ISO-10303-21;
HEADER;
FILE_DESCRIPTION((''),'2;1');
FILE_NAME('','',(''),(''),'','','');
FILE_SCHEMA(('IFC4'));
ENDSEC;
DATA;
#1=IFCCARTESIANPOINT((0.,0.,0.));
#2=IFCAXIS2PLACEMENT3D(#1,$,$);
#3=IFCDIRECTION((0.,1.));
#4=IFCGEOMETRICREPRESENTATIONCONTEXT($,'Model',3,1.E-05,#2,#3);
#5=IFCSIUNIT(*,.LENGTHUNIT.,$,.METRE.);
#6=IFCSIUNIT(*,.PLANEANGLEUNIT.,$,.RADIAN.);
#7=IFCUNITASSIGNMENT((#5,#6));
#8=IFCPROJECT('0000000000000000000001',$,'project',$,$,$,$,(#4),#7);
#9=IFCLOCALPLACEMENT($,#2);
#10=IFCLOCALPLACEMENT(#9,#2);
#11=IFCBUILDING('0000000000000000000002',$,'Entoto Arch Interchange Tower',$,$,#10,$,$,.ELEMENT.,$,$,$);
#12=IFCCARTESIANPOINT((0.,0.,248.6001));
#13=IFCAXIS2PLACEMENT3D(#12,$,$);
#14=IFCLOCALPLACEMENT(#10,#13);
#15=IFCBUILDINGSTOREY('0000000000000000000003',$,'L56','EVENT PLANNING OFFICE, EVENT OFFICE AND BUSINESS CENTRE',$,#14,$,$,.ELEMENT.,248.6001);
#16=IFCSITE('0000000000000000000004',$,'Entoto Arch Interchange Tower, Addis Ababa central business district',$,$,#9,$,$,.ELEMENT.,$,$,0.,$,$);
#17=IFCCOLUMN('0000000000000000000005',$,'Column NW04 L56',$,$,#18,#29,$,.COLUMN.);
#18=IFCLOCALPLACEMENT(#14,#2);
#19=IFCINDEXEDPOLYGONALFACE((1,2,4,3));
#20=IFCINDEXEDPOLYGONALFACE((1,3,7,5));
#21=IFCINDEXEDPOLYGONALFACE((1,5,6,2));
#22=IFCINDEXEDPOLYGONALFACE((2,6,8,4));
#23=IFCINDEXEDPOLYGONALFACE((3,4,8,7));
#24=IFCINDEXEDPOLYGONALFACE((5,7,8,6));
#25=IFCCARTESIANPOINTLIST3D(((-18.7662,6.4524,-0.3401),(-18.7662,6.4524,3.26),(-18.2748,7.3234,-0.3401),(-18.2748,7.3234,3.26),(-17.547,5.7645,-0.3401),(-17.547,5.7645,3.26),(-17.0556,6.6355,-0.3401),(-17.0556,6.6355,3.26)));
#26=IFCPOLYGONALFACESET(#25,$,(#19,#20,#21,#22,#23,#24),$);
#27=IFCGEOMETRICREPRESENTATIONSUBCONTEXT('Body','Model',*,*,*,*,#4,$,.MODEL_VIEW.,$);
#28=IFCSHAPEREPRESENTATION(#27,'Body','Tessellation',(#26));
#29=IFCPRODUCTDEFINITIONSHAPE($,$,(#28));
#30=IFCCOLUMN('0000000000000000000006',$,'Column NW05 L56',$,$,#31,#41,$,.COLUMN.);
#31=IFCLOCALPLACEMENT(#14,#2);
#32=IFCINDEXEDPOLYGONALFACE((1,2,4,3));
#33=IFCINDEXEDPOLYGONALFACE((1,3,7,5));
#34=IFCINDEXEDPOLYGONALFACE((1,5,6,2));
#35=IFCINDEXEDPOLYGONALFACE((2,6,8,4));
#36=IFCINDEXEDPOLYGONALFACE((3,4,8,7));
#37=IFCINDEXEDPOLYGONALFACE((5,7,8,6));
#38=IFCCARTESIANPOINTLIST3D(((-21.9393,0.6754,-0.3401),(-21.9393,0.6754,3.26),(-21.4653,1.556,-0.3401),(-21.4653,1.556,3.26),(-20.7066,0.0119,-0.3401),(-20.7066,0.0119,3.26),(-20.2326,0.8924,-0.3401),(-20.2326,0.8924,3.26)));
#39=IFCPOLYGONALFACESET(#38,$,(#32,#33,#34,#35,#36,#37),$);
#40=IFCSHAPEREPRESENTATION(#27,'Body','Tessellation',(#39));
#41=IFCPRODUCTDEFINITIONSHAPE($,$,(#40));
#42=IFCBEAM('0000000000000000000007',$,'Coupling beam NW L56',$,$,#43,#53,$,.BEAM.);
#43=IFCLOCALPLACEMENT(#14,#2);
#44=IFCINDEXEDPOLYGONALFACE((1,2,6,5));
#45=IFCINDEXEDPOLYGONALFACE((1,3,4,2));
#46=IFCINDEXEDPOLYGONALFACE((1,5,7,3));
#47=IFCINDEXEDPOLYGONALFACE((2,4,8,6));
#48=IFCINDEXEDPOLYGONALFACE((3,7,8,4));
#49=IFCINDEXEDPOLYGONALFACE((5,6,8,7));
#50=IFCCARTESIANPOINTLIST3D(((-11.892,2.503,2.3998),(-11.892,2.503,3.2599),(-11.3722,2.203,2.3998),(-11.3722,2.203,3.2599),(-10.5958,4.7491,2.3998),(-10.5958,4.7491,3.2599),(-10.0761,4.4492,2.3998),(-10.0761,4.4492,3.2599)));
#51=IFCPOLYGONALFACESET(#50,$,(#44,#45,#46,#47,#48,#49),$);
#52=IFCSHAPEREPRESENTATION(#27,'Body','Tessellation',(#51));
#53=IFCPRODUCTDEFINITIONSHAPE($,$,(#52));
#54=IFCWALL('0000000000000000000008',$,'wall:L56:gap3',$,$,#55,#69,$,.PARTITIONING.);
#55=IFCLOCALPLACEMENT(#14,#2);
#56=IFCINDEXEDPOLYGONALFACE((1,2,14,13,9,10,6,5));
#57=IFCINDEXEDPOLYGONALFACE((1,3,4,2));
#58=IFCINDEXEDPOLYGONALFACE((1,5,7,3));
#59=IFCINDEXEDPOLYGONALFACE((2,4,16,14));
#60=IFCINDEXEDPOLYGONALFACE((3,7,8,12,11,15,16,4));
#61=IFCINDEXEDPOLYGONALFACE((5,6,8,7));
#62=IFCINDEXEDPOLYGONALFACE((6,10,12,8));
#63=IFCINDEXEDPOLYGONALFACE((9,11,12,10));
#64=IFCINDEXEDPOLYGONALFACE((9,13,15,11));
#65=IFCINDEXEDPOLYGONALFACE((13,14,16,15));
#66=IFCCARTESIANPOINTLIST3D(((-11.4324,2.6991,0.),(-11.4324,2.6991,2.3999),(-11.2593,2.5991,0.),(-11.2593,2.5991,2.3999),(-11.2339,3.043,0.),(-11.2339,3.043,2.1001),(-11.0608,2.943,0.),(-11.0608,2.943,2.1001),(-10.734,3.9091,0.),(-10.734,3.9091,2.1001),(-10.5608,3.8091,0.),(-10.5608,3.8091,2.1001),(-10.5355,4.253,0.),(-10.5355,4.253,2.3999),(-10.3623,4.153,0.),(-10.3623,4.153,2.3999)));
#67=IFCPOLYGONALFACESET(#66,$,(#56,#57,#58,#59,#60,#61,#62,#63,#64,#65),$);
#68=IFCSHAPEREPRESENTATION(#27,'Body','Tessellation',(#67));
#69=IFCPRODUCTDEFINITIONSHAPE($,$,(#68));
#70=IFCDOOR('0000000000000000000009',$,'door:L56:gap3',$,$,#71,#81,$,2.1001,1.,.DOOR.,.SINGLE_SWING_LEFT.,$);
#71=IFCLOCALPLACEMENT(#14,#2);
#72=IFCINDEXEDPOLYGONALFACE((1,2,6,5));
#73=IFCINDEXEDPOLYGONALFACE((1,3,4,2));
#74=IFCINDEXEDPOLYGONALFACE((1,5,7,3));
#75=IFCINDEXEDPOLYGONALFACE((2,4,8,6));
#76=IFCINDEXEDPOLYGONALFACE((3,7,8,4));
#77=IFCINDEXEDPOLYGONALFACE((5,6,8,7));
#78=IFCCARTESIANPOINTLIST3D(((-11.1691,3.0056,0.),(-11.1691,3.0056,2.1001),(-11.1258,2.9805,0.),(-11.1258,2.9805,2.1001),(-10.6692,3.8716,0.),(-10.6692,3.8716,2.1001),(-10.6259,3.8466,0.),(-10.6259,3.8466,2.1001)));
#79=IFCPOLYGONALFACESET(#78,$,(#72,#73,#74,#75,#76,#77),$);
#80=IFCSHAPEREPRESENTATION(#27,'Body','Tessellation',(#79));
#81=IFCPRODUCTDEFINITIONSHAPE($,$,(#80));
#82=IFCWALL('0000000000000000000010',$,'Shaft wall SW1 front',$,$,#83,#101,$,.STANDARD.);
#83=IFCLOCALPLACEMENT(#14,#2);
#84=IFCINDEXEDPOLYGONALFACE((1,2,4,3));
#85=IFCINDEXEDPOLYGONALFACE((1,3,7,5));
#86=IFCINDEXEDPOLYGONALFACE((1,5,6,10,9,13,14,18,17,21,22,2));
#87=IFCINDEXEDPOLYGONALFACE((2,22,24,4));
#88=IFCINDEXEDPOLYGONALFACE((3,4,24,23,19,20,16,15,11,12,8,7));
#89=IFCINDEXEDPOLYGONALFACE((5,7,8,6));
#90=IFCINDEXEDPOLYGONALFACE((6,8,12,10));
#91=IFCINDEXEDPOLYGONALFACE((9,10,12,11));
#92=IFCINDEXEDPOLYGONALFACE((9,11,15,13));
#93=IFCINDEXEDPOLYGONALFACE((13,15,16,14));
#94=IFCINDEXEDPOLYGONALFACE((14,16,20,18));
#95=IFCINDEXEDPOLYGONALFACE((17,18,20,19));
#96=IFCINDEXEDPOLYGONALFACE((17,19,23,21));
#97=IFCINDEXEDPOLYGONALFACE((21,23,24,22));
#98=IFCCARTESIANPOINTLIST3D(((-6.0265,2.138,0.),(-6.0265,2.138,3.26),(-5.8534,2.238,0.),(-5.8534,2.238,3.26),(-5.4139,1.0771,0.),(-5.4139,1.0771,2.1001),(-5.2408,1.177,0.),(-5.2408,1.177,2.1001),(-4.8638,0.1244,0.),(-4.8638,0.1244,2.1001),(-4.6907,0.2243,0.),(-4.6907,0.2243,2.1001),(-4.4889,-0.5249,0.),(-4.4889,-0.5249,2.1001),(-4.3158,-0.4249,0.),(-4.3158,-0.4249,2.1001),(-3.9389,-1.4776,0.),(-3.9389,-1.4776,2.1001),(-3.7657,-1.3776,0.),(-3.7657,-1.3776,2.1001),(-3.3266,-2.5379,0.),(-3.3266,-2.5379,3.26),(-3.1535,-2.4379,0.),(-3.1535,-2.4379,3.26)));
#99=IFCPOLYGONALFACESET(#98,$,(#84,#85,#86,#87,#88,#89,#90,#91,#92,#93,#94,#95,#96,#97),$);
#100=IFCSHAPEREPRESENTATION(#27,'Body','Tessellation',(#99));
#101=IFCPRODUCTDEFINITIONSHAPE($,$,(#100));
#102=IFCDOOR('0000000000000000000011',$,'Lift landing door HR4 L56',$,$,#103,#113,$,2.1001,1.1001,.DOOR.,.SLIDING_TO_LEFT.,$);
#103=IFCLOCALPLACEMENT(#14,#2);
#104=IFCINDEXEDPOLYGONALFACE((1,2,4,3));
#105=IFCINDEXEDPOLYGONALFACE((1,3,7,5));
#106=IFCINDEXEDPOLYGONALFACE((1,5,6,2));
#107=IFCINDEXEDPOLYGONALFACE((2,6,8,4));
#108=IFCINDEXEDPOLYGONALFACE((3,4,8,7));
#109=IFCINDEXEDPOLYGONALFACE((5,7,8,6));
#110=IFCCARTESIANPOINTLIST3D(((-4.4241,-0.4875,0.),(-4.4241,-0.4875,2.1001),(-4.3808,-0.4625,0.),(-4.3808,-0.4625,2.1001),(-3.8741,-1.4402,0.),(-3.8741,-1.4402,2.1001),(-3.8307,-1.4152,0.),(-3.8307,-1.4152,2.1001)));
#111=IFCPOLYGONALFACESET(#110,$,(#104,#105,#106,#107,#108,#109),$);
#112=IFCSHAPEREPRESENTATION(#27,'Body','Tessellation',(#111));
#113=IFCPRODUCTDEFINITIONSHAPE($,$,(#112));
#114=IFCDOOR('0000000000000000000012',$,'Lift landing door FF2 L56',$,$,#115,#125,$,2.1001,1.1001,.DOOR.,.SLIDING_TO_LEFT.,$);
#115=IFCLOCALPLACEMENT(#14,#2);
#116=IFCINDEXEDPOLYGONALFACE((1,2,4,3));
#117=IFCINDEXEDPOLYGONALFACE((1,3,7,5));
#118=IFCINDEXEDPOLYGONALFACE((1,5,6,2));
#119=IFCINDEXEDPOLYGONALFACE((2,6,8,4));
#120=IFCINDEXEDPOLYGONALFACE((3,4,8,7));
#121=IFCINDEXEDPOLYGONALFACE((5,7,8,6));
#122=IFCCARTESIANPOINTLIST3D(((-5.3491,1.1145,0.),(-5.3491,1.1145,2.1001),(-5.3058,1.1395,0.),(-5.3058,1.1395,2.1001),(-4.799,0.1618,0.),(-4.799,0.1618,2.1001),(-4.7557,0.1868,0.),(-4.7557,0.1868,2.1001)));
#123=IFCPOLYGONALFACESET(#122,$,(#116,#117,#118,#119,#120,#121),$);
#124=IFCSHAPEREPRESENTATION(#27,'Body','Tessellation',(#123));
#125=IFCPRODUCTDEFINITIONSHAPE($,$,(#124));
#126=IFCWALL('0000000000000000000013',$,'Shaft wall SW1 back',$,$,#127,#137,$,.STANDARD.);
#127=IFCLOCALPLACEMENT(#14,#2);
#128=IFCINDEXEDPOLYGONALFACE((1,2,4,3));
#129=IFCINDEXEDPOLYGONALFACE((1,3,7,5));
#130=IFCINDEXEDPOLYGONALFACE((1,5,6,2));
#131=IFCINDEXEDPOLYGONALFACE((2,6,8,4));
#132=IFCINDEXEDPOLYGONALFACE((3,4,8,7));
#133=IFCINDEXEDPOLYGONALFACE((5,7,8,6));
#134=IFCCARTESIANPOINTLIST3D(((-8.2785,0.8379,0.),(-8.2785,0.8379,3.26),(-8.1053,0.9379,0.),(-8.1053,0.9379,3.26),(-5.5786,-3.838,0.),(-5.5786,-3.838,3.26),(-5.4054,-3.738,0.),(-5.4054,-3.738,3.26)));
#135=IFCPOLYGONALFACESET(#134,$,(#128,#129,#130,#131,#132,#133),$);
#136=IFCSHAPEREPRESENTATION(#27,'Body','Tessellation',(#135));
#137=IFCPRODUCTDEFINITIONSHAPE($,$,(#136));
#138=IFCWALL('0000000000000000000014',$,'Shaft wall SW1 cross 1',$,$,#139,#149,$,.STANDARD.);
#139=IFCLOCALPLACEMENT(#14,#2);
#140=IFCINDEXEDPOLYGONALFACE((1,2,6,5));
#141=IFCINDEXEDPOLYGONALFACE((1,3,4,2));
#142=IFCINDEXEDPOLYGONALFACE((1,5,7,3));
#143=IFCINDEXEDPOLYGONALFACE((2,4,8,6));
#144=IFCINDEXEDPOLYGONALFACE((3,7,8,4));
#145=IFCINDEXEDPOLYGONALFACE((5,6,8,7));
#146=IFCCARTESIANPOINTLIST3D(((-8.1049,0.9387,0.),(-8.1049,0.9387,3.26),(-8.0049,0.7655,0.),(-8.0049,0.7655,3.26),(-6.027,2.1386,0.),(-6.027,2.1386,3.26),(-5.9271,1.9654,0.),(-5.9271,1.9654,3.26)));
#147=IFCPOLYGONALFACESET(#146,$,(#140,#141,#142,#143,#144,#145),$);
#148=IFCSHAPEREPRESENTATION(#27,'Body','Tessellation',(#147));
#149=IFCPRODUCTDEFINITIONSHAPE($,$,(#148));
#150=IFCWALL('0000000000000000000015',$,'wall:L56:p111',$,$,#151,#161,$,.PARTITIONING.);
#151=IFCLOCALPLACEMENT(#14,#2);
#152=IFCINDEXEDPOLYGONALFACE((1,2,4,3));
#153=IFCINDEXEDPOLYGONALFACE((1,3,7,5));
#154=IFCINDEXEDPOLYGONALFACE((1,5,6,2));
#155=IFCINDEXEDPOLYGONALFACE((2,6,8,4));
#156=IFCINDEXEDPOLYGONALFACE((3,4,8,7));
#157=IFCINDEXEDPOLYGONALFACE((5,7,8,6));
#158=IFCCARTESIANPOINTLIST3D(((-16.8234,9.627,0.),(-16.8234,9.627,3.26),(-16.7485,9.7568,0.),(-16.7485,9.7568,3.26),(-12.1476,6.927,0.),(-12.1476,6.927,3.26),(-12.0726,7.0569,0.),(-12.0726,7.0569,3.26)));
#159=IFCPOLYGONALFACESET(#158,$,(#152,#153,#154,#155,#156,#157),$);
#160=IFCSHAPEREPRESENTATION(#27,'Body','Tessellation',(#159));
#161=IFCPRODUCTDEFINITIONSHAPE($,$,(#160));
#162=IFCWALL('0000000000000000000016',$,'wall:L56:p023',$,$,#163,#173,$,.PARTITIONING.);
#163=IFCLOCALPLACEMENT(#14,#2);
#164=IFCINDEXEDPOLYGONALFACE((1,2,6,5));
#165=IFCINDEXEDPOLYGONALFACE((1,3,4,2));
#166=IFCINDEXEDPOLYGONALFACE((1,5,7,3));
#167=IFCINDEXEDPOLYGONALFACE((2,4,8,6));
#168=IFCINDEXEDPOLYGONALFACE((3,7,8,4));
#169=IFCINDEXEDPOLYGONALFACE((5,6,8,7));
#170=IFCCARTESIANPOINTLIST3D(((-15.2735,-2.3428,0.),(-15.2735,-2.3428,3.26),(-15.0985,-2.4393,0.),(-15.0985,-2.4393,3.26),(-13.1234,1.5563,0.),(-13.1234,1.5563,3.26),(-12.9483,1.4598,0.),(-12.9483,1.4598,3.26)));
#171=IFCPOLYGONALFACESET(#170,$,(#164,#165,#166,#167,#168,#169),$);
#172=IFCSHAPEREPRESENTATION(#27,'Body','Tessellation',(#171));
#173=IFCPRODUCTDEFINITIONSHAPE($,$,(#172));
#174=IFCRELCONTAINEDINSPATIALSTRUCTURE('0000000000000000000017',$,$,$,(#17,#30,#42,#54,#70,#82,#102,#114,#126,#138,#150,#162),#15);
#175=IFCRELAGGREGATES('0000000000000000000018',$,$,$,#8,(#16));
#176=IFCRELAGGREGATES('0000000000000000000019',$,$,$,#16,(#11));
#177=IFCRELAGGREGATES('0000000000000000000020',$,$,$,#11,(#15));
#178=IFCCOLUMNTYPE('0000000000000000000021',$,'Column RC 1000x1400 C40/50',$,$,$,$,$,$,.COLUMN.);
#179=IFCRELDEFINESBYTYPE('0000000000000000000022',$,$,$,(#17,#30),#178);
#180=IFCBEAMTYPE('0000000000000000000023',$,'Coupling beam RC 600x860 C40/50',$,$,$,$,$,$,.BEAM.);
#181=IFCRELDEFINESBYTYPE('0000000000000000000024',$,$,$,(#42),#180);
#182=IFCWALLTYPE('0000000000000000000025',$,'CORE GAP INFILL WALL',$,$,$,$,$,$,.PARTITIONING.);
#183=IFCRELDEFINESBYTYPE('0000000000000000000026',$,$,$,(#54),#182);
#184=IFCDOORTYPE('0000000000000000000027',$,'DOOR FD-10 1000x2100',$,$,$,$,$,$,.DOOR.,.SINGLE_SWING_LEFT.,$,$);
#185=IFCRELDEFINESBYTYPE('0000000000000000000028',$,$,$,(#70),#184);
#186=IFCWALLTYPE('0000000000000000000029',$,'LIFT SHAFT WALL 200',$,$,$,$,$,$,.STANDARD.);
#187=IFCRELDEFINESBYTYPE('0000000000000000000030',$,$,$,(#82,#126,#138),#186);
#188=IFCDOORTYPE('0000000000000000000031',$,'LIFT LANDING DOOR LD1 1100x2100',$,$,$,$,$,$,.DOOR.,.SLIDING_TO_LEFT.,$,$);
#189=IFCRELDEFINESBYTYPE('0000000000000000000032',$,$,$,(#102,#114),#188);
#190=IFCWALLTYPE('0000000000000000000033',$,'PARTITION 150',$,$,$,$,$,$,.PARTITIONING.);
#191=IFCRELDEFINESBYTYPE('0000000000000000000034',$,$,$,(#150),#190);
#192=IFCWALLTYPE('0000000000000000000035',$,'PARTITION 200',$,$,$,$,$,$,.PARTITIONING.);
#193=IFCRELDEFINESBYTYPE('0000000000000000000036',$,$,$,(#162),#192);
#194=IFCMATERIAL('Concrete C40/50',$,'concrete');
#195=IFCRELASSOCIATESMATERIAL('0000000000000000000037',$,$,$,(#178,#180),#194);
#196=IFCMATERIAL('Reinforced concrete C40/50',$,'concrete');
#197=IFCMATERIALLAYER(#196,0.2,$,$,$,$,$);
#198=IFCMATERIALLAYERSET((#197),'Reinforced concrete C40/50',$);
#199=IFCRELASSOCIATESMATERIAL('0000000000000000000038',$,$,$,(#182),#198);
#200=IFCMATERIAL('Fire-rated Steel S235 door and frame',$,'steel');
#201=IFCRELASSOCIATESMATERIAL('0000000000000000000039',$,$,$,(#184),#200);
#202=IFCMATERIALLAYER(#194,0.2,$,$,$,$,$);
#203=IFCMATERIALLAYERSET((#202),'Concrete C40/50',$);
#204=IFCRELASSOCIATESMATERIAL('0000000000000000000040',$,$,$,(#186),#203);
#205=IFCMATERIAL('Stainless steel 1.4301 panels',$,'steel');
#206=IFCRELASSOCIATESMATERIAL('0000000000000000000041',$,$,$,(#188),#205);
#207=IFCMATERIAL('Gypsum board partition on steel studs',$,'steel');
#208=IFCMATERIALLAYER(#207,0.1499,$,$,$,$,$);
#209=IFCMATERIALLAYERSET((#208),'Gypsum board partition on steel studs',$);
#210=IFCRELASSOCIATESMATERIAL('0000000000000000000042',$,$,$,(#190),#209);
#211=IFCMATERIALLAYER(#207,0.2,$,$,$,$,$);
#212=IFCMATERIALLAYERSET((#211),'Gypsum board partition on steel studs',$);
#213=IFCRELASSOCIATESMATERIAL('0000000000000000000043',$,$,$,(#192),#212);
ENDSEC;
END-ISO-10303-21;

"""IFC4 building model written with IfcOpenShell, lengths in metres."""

from ifc_helpers import new_model, si_unit, direction, frame, frame_2d, origin, origin_2d, place, context, subcontext, project, spatial, rectangle, extrude, material, layer, layer_set, material_profile, profile_set, type_object, element, fill, save


model = new_model("IFC4")

# Units and contexts
model_context = context("Model", 3, precision=1e-05, world=origin(), true_north=direction((0.0, 1.0)))
body_context = subcontext(model_context, "Body", "Model", "MODEL_VIEW")
ifc_project = project(units=[si_unit("LENGTHUNIT", "METRE"), si_unit("PLANEANGLEUNIT", "RADIAN")], contexts=[model_context])

# Site, building, storey
site_placement = place(None, origin())
site = spatial("IfcSite", under=ifc_project, at=site_placement, Name="Entoto Arch Interchange Tower, Addis Ababa central business district", CompositionType="ELEMENT", RefElevation=0.0)
building_placement = place(site_placement, origin())
building = spatial("IfcBuilding", under=site, at=building_placement, Name="Entoto Arch Interchange Tower", CompositionType="ELEMENT")
storey_placement = place(building_placement, frame((0.0, 0.0, 248.6001)))
storey = spatial("IfcBuildingStorey", under=building, at=storey_placement, Name="L56", Description="EVENT PLANNING OFFICE, EVENT OFFICE AND BUSINESS CENTRE", CompositionType="ELEMENT", Elevation=248.6001)

# Columns
ifc_material_1 = material(Name="Concrete C40/50", Category="concrete")
ifc_material_profile_1 = material_profile(ifc_material_1, rectangle(XDim=1.0, YDim=1.3999, at=origin_2d()))
ifc_profile_set_1 = profile_set([ifc_material_profile_1], Name="Concrete C40/50")
column_type = type_object("IfcColumnType", Name="Column RC 1000x1400 C40/50", PredefinedType="COLUMN", material=ifc_profile_set_1)
for number, where, z_axis, x_axis, name in (
    (1, (-17.9109, 6.5439, -0.3401), (0.0, 0.0, 1.0), (0.491375, 0.870948, 0.0), "Column NW04 L56"),
    (2, (-21.0859, 0.7839, -0.3401), (0.0, 0.0, 1.0), (0.473981, 0.880535, 0.0), "Column NW05 L56"),
):
    element("IfcColumn", number, at=place(storey_placement, frame(where, z_axis=z_axis, x_axis=x_axis)), inside=storey, type_object=column_type, Name=name, PredefinedType="COLUMN", context=body_context, shape_type="SweptSolid", body=[
        extrude(rectangle(XDim=1.0, YDim=1.3999, at=origin_2d()), origin(), (0.0, 0.0, 1.0), 3.6001),
    ])

# Beam
ifc_material_profile_2 = material_profile(ifc_material_1, rectangle(XDim=0.6001, YDim=0.8601, at=origin_2d()))
ifc_profile_set_2 = profile_set([ifc_material_profile_2], Name="Concrete C40/50")
beam_type = type_object("IfcBeamType", Name="Coupling beam RC 600x860 C40/50", PredefinedType="BEAM", material=ifc_profile_set_2)
beam_placement = place(storey_placement, frame((-10.3359, 4.5991, 2.8298), z_axis=(-0.499815, -0.866132, 0.0), x_axis=(0.866132, -0.499815, 0.0)))
element("IfcBeam", 3, at=beam_placement, inside=storey, type_object=beam_type, Name="Coupling beam NW L56", PredefinedType="BEAM", context=body_context, shape_type="SweptSolid", body=[
    extrude(rectangle(XDim=0.6001, YDim=0.8601, at=origin_2d()), origin(), (0.0, 0.0, 1.0), 2.5933),
])

# Wall, opening, door
ifc_material_2 = material(Name="Reinforced concrete C40/50", Category="concrete")
ifc_layer_1 = layer(ifc_material_2, 0.2)
ifc_layer_set_1 = layer_set([ifc_layer_1], Name="Reinforced concrete C40/50")
wall_type_1 = type_object("IfcWallType", Name="CORE GAP INFILL WALL", PredefinedType="PARTITIONING", material=ifc_layer_set_1)
wall_1_placement = place(storey_placement, frame((-10.449, 4.2029, 0.0), z_axis=(0.0, 0.0, 1.0), x_axis=(-0.499915, -0.866075, 0.0)))
wall_1 = element("IfcWall", 4, at=wall_1_placement, inside=storey, type_object=wall_type_1, Name="wall:L56:gap3", PredefinedType="PARTITIONING", context=body_context, shape_type="SweptSolid", body=[
    extrude(rectangle(XDim=1.7942, YDim=0.2, at=frame_2d((0.897, 0.0))), origin(), (0.0, 0.0, 1.0), 2.3999),
])
opening_1_placement = place(wall_1_placement, frame((0.397, 0.0, 0.0)))
opening_1 = element("IfcOpeningElement", 5, at=opening_1_placement, cuts=wall_1, PredefinedType="OPENING", context=body_context, shape_type="SweptSolid", body=[
    extrude(rectangle(XDim=1.0, YDim=2.1001, at=frame_2d((0.5, 1.05))), frame((0.0, 0.1099, 0.0), z_axis=(0.0, -1.0, 0.0), x_axis=(1.0, 0.0, 0.0)), (0.0, 0.0, 1.0), 0.22),
])
ifc_material_3 = material(Name="Fire-rated Steel S235 door and frame", Category="steel")
door_type_1 = type_object("IfcDoorType", Name="DOOR FD-10 1000x2100", OperationType="SINGLE_SWING_LEFT", PredefinedType="DOOR", material=ifc_material_3)
door_1_placement = place(opening_1_placement, origin())
door_1 = element("IfcDoor", 6, at=door_1_placement, inside=storey, type_object=door_type_1, Name="door:L56:gap3", OperationType="SINGLE_SWING_LEFT", OverallHeight=2.1001, OverallWidth=1.0, PredefinedType="DOOR", context=body_context, shape_type="SweptSolid", body=[
    extrude(rectangle(XDim=1.0, YDim=2.1001, at=frame_2d((0.5, 1.05))), frame((0.0, 0.0249, 0.0), z_axis=(0.0, -1.0, 0.0), x_axis=(1.0, 0.0, 0.0)), (0.0, 0.0, 1.0), 0.05),
])
fill(opening_1, door_1)

# Wall, openings, doors
ifc_layer_2 = layer(ifc_material_1, 0.2)
ifc_layer_set_2 = layer_set([ifc_layer_2], Name="Concrete C40/50")
wall_type_2 = type_object("IfcWallType", Name="LIFT SHAFT WALL 200", PredefinedType="STANDARD", material=ifc_layer_set_2)
wall_2_placement = place(storey_placement, frame((-5.9399, 2.188, 0.0), z_axis=(0.0, 0.0, 1.0), x_axis=(0.500034, -0.866006, 0.0)))
wall_2 = element("IfcWall", 7, at=wall_2_placement, inside=storey, type_object=wall_type_2, Name="Shaft wall SW1 front", PredefinedType="STANDARD", context=body_context, shape_type="SweptSolid", body=[
    extrude(rectangle(XDim=5.3994, YDim=0.2, at=frame_2d((2.6997, 0.0))), origin(), (0.0, 0.0, 1.0), 3.26),
])
opening_2_placement = place(wall_2_placement, frame((3.075, 0.0, 0.0)))
opening_2 = element("IfcOpeningElement", 8, at=opening_2_placement, cuts=wall_2, PredefinedType="OPENING", context=body_context, shape_type="SweptSolid", body=[
    extrude(rectangle(XDim=1.1001, YDim=2.1001, at=frame_2d((0.55, 1.05))), frame((0.0, 0.1099, 0.0), z_axis=(0.0, -1.0, 0.0), x_axis=(1.0, 0.0, 0.0)), (0.0, 0.0, 1.0), 0.22),
])
opening_3_placement = place(wall_2_placement, frame((1.2251, 0.0, 0.0)))
opening_3 = element("IfcOpeningElement", 9, at=opening_3_placement, cuts=wall_2, PredefinedType="OPENING", context=body_context, shape_type="SweptSolid", body=[
    extrude(rectangle(XDim=1.1001, YDim=2.1001, at=frame_2d((0.55, 1.05))), frame((0.0, 0.1099, 0.0), z_axis=(0.0, -1.0, 0.0), x_axis=(1.0, 0.0, 0.0)), (0.0, 0.0, 1.0), 0.22),
])
ifc_material_4 = material(Name="Stainless steel 1.4301 panels", Category="steel")
door_type_2 = type_object("IfcDoorType", Name="LIFT LANDING DOOR LD1 1100x2100", OperationType="SLIDING_TO_LEFT", PredefinedType="DOOR", material=ifc_material_4)
door_2_placement = place(opening_2_placement, origin())
door_2 = element("IfcDoor", 10, at=door_2_placement, inside=storey, type_object=door_type_2, Name="Lift landing door HR4 L56", OperationType="SLIDING_TO_LEFT", OverallHeight=2.1001, OverallWidth=1.1001, PredefinedType="DOOR", context=body_context, shape_type="SweptSolid", body=[
    extrude(rectangle(XDim=1.1001, YDim=2.1001, at=frame_2d((0.55, 1.05))), frame((0.0, 0.0249, 0.0), z_axis=(0.0, -1.0, 0.0), x_axis=(1.0, 0.0, 0.0)), (0.0, 0.0, 1.0), 0.05),
])
fill(opening_2, door_2)
door_3_placement = place(opening_3_placement, origin())
door_3 = element("IfcDoor", 11, at=door_3_placement, inside=storey, type_object=door_type_2, Name="Lift landing door FF2 L56", OperationType="SLIDING_TO_LEFT", OverallHeight=2.1001, OverallWidth=1.1001, PredefinedType="DOOR", context=body_context, shape_type="SweptSolid", body=[
    extrude(rectangle(XDim=1.1001, YDim=2.1001, at=frame_2d((0.55, 1.05))), frame((0.0, 0.0249, 0.0), z_axis=(0.0, -1.0, 0.0), x_axis=(1.0, 0.0, 0.0)), (0.0, 0.0, 1.0), 0.05),
])
fill(opening_3, door_3)

# Walls
wall_3_placement = place(storey_placement, frame((-8.1919, 0.8879, 0.0), z_axis=(0.0, 0.0, 1.0), x_axis=(0.500034, -0.866006, 0.0)))
element("IfcWall", 12, at=wall_3_placement, inside=storey, type_object=wall_type_2, Name="Shaft wall SW1 back", PredefinedType="STANDARD", context=body_context, shape_type="SweptSolid", body=[
    extrude(rectangle(XDim=5.3994, YDim=0.2, at=frame_2d((2.6997, 0.0))), origin(), (0.0, 0.0, 1.0), 3.26),
])
wall_4_placement = place(storey_placement, frame((-5.9771, 2.052, 0.0), z_axis=(0.0, 0.0, 1.0), x_axis=(-0.865974, -0.500089, 0.0)))
element("IfcWall", 13, at=wall_4_placement, inside=storey, type_object=wall_type_2, Name="Shaft wall SW1 cross 1", PredefinedType="STANDARD", context=body_context, shape_type="SweptSolid", body=[
    extrude(rectangle(XDim=2.3994, YDim=0.2, at=frame_2d((1.1997, 0.0))), origin(), (0.0, 0.0, 1.0), 3.26),
])
ifc_material_5 = material(Name="Gypsum board partition on steel studs", Category="steel")
ifc_layer_3 = layer(ifc_material_5, 0.1499)
ifc_layer_set_3 = layer_set([ifc_layer_3], Name="Gypsum board partition on steel studs")
wall_type_3 = type_object("IfcWallType", Name="PARTITION 150", PredefinedType="PARTITIONING", material=ifc_layer_set_3)
wall_5_placement = place(storey_placement, frame((-12.1101, 6.9919, 0.0), z_axis=(0.0, 0.0, 1.0), x_axis=(-0.865994, 0.500054, 0.0)))
element("IfcWall", 14, at=wall_5_placement, inside=storey, type_object=wall_type_3, Name="wall:L56:p111", PredefinedType="PARTITIONING", context=body_context, shape_type="SweptSolid", body=[
    extrude(rectangle(XDim=5.3994, YDim=0.1499, at=frame_2d((2.6997, 0.0))), origin(), (0.0, 0.0, 1.0), 3.26),
])
ifc_layer_4 = layer(ifc_material_5, 0.2)
ifc_layer_set_4 = layer_set([ifc_layer_4], Name="Gypsum board partition on steel studs")
wall_type_4 = type_object("IfcWallType", Name="PARTITION 200", PredefinedType="PARTITIONING", material=ifc_layer_set_4)
wall_6_placement = place(storey_placement, frame((-13.0359, 1.5081, 0.0), z_axis=(0.0, 0.0, 1.0), x_axis=(-0.482885, -0.875684, 0.0)))
element("IfcWall", 15, at=wall_6_placement, inside=storey, type_object=wall_type_4, Name="wall:L56:p023", PredefinedType="PARTITIONING", context=body_context, shape_type="SweptSolid", body=[
    extrude(rectangle(XDim=4.4526, YDim=0.2, at=frame_2d((2.2263, 0.0))), origin(), (0.0, 0.0, 1.0), 3.26),
])

save(model, "model.ifc")
